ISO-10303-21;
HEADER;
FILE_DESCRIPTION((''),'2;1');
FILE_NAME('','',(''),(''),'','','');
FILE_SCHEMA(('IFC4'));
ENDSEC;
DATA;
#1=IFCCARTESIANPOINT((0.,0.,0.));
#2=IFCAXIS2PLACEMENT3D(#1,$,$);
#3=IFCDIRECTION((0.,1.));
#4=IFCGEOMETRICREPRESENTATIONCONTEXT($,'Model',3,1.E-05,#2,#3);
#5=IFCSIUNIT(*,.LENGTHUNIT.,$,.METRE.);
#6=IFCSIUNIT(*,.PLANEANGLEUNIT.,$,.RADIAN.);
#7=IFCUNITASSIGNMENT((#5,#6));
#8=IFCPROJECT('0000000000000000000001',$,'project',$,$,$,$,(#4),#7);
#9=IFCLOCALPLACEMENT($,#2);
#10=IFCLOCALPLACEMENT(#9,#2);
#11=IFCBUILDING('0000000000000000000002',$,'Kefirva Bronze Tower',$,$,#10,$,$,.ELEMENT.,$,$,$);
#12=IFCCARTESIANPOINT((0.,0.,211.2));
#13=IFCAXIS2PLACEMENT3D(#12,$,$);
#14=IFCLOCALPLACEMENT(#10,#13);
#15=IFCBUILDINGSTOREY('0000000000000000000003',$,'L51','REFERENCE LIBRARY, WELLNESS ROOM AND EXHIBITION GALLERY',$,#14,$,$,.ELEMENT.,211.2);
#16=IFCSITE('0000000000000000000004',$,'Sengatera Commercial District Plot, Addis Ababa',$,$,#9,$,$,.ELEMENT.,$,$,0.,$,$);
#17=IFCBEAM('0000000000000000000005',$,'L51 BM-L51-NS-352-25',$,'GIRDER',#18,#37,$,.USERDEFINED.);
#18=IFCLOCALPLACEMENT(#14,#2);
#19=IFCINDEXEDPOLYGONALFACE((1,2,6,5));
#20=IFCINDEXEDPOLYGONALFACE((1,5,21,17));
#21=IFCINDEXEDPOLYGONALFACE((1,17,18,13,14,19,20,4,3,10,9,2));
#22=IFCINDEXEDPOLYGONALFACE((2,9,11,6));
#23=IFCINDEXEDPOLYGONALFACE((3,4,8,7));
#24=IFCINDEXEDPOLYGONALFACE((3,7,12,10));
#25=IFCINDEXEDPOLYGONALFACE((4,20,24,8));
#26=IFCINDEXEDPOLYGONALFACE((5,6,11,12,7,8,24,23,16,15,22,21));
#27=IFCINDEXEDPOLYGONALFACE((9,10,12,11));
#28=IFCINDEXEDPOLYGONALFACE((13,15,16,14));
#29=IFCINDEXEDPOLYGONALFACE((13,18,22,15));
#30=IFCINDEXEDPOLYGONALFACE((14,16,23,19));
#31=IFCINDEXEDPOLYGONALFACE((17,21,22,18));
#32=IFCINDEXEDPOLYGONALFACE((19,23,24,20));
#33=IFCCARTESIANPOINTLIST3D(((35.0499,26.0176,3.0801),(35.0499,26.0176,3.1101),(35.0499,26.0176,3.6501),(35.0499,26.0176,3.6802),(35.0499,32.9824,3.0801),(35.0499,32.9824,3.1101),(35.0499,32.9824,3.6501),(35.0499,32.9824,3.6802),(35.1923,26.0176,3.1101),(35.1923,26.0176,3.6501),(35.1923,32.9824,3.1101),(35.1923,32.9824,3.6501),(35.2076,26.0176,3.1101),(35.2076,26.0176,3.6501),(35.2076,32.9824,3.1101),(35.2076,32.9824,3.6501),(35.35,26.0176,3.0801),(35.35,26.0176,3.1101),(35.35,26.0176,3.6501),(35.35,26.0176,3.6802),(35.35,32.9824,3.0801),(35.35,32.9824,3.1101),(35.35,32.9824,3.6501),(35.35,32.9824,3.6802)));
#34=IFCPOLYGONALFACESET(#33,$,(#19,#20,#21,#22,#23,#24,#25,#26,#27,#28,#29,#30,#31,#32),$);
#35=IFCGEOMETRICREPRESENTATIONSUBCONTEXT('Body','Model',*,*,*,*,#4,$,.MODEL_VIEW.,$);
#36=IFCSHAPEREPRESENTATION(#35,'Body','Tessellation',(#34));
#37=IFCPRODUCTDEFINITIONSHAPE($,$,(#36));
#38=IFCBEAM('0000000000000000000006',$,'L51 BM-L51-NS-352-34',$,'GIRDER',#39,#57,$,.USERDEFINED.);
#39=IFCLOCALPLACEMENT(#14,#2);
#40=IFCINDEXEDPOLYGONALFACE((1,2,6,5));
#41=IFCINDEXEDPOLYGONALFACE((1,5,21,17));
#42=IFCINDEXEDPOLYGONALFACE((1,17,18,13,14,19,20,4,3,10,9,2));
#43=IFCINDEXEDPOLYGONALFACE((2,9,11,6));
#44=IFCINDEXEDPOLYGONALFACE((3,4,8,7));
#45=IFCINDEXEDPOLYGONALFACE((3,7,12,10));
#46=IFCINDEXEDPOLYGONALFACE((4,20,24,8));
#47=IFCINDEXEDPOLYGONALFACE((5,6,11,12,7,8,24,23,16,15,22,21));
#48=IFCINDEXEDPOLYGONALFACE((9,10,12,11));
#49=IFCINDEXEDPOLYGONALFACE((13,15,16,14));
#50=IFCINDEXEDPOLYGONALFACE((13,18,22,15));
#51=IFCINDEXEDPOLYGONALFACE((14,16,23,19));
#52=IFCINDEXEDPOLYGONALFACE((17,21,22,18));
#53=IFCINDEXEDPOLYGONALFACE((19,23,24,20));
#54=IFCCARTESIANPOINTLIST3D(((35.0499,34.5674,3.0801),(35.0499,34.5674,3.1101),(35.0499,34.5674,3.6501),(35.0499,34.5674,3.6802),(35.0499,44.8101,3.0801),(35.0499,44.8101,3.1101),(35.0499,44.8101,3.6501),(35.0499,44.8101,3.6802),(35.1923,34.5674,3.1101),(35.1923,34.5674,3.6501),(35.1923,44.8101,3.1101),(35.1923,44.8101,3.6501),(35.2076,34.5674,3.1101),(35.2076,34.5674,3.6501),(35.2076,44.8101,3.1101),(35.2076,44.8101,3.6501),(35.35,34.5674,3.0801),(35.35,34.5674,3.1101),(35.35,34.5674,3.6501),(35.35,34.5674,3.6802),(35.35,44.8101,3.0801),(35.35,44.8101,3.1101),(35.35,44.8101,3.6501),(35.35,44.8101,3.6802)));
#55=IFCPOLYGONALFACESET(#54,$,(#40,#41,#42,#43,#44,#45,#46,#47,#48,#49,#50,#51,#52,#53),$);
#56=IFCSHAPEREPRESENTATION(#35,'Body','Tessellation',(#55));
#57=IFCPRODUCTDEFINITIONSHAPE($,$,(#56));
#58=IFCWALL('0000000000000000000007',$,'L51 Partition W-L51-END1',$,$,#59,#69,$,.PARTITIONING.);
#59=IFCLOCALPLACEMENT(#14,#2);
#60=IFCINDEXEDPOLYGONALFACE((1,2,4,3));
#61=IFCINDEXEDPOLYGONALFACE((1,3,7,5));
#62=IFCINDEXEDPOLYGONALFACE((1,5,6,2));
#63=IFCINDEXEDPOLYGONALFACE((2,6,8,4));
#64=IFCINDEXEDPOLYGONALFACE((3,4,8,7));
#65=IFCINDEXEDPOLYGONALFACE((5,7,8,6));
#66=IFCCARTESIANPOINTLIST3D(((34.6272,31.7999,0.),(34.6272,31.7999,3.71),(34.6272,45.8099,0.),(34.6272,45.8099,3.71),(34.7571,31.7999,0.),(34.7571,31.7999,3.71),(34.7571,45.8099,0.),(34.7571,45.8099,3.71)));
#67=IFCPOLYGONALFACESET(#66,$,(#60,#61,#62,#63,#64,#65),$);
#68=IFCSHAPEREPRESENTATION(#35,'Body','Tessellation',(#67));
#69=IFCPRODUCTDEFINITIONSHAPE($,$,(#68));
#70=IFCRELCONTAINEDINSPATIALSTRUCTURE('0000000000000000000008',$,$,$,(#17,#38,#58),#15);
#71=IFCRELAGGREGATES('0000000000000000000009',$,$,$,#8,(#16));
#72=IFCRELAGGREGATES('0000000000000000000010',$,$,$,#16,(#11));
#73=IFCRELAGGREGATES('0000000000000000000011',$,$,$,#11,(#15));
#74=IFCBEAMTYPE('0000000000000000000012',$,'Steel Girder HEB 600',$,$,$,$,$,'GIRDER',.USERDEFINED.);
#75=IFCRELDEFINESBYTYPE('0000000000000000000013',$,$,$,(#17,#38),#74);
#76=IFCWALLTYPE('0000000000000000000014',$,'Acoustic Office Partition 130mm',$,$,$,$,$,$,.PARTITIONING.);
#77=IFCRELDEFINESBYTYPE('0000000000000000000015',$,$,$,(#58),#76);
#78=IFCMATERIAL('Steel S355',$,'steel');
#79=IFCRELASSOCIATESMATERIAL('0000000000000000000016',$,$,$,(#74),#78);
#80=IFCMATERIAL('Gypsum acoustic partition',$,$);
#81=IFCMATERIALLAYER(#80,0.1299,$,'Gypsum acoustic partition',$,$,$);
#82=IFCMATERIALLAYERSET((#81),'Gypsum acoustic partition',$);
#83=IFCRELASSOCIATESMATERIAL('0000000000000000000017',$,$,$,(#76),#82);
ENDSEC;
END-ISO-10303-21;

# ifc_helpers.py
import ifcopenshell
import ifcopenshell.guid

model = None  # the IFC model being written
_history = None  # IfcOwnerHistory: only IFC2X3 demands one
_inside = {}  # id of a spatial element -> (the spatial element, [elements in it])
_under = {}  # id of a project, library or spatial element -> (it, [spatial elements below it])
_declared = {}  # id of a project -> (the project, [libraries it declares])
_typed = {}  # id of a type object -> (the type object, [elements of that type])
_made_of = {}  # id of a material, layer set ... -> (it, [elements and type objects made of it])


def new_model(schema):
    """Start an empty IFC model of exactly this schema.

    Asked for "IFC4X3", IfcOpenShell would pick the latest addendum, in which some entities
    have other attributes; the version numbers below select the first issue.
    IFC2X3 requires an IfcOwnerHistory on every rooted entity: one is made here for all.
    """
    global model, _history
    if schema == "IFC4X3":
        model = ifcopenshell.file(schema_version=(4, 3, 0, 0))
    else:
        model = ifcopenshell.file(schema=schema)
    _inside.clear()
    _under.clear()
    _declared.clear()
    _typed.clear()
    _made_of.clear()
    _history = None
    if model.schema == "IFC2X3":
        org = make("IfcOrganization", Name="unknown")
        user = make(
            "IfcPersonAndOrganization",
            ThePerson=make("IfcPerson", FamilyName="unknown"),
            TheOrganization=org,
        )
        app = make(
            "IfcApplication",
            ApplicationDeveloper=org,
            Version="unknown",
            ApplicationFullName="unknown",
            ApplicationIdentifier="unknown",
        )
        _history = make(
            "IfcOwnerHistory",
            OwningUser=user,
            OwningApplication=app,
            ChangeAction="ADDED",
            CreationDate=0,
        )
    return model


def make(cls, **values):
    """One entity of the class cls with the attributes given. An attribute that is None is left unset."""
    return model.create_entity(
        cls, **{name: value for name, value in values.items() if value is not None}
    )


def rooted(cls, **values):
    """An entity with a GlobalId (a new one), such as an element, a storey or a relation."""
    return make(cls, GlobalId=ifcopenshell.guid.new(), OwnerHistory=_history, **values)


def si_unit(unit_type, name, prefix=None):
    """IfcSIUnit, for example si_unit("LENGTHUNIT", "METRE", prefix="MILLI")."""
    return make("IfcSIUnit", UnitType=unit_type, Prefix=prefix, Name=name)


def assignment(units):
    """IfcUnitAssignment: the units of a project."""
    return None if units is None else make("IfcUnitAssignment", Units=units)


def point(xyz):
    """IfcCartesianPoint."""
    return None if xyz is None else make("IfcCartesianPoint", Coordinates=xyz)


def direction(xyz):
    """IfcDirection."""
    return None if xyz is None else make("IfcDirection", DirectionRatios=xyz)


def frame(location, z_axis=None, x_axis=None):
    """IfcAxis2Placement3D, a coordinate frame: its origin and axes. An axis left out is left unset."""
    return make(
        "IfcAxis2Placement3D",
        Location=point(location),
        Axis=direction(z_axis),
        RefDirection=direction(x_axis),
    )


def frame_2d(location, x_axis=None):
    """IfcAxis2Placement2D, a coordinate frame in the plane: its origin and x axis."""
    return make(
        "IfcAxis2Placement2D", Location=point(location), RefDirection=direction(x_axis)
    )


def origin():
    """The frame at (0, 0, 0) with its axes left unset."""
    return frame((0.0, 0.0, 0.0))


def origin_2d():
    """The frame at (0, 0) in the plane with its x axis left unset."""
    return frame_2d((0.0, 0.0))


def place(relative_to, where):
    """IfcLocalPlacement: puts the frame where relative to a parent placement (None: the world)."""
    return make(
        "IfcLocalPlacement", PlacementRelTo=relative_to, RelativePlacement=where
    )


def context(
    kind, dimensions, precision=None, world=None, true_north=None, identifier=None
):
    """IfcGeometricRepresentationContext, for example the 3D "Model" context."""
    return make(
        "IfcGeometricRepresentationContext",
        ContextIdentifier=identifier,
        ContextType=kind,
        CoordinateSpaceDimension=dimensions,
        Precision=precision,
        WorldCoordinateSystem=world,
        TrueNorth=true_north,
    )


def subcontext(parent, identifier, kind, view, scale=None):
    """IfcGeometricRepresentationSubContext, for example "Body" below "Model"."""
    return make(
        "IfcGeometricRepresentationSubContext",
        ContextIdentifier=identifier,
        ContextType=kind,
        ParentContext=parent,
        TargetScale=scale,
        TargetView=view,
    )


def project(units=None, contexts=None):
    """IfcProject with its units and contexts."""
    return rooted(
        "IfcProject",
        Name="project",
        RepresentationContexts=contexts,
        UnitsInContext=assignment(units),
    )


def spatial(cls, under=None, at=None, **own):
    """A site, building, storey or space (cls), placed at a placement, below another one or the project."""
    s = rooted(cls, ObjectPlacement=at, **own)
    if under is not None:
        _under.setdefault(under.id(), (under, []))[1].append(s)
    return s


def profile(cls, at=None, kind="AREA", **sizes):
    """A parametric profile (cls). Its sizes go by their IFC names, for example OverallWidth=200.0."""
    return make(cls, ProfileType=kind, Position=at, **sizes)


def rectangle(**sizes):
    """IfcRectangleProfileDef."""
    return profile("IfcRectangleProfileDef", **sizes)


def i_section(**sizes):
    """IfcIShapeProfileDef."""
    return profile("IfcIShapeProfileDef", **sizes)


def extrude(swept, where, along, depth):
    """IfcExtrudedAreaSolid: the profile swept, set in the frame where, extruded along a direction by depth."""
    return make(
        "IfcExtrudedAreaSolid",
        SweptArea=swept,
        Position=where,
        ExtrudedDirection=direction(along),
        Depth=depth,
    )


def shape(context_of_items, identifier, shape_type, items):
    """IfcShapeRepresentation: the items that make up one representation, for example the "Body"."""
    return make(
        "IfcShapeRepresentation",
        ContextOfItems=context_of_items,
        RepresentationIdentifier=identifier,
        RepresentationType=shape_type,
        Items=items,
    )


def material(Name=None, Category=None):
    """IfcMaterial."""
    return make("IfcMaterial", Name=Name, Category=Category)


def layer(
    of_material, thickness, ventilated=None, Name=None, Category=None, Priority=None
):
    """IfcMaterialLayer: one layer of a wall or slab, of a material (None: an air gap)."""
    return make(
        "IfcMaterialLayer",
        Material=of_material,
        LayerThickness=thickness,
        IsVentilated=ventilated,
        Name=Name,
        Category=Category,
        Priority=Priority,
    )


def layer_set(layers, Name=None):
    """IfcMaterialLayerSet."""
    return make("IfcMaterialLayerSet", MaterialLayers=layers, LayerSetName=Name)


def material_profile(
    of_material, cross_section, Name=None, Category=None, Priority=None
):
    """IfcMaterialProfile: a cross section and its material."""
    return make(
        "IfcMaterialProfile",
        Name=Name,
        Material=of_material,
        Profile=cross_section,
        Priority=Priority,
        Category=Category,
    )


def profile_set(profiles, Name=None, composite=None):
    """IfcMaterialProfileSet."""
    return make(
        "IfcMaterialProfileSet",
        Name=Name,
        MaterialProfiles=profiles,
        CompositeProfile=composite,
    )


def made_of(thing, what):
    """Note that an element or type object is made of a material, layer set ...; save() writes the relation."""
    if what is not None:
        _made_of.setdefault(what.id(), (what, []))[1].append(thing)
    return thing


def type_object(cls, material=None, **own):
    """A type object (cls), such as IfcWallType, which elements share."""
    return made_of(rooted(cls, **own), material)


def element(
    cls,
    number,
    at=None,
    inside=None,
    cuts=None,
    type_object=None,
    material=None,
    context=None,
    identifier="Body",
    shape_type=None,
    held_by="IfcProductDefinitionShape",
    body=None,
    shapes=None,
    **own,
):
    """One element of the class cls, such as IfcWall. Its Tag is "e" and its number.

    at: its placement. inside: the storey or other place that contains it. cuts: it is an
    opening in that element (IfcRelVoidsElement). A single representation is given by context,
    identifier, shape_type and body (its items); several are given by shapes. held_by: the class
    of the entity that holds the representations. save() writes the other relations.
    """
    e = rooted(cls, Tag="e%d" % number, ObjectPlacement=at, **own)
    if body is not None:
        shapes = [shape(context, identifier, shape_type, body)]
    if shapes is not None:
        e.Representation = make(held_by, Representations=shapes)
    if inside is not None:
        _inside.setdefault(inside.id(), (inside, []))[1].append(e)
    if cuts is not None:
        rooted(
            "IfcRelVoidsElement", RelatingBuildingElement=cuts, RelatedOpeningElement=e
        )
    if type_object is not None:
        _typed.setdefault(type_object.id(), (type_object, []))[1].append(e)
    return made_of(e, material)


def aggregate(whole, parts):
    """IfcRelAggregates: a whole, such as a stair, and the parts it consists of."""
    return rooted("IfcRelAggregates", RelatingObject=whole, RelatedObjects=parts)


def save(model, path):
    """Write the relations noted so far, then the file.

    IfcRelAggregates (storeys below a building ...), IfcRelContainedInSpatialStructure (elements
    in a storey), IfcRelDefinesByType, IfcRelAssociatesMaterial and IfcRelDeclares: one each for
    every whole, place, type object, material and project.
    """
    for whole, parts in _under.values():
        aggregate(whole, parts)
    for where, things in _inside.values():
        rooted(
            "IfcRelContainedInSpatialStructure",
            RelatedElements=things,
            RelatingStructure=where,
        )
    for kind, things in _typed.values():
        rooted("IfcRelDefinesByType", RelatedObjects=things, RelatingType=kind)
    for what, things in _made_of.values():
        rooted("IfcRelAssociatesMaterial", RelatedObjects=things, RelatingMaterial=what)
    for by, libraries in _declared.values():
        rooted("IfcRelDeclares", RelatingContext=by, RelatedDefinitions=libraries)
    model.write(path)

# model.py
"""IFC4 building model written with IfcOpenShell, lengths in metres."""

from ifc_helpers import new_model, si_unit, direction, frame, frame_2d, origin, origin_2d, place, context, subcontext, project, spatial, rectangle, i_section, extrude, material, layer, layer_set, material_profile, profile_set, type_object, element, save


model = new_model("IFC4")

# Units and contexts
model_context = context("Model", 3, precision=1e-05, world=origin(), true_north=direction((0.0, 1.0)))
body_context = subcontext(model_context, "Body", "Model", "MODEL_VIEW")
ifc_project = project(units=[si_unit("LENGTHUNIT", "METRE"), si_unit("PLANEANGLEUNIT", "RADIAN")], contexts=[model_context])

# Site, building, storey
site_placement = place(None, origin())
site = spatial("IfcSite", under=ifc_project, at=site_placement, Name="Sengatera Commercial District Plot, Addis Ababa", CompositionType="ELEMENT", RefElevation=0.0)
building_placement = place(site_placement, origin())
building = spatial("IfcBuilding", under=site, at=building_placement, Name="Kefirva Bronze Tower", CompositionType="ELEMENT")
storey_placement = place(building_placement, frame((0.0, 0.0, 211.2)))
storey = spatial("IfcBuildingStorey", under=building, at=storey_placement, Name="L51", Description="REFERENCE LIBRARY, WELLNESS ROOM AND EXHIBITION GALLERY", CompositionType="ELEMENT", Elevation=211.2)

# Beams
ifc_material_1 = material(Name="Steel S355", Category="steel")
ifc_material_profile_1 = material_profile(ifc_material_1, i_section(OverallWidth=0.3, OverallDepth=0.6001, WebThickness=0.0154, FlangeThickness=0.03, at=origin_2d()), Name="HEB 600")
ifc_profile_set_1 = profile_set([ifc_material_profile_1], Name="Steel S355")
beam_type_1 = type_object("IfcBeamType", Name="Steel Girder HEB 600", ElementType="GIRDER", PredefinedType="USERDEFINED", material=ifc_profile_set_1)
beam_1_placement = place(storey_placement, frame((35.2, 26.0176, 3.3801), z_axis=(0.0, 1.0, 0.0), x_axis=(-1.0, 0.0, 0.0)))
element("IfcBeam", 1, at=beam_1_placement, inside=storey, type_object=beam_type_1, Name="L51 BM-L51-NS-352-25", ObjectType="GIRDER", PredefinedType="USERDEFINED", context=body_context, shape_type="SweptSolid", body=[
    extrude(i_section(OverallWidth=0.3, OverallDepth=0.6001, WebThickness=0.0154, FlangeThickness=0.03, at=origin_2d()), origin(), (0.0, 0.0, 1.0), 6.9648),
])
beam_2_placement = place(storey_placement, frame((35.2, 34.5674, 3.3801), z_axis=(0.0, 1.0, 0.0), x_axis=(-1.0, 0.0, 0.0)))
element("IfcBeam", 2, at=beam_2_placement, inside=storey, type_object=beam_type_1, Name="L51 BM-L51-NS-352-34", ObjectType="GIRDER", PredefinedType="USERDEFINED", context=body_context, shape_type="SweptSolid", body=[
    extrude(i_section(OverallWidth=0.3, OverallDepth=0.6001, WebThickness=0.0154, FlangeThickness=0.03, at=origin_2d()), origin(), (0.0, 0.0, 1.0), 10.2427),
])

# Wall
ifc_material_2 = material(Name="Gypsum acoustic partition")
ifc_layer = layer(ifc_material_2, 0.1299, Name="Gypsum acoustic partition")
ifc_layer_set = layer_set([ifc_layer], Name="Gypsum acoustic partition")
wall_type = type_object("IfcWallType", Name="Acoustic Office Partition 130mm", PredefinedType="PARTITIONING", material=ifc_layer_set)
wall_placement = place(storey_placement, frame((34.6921, 31.8, 0.0), z_axis=(0.0, 0.0, 1.0), x_axis=(0.0, 1.0, 0.0)))
element("IfcWall", 3, at=wall_placement, inside=storey, type_object=wall_type, Name="L51 Partition W-L51-END1", PredefinedType="PARTITIONING", context=body_context, shape_type="SweptSolid", body=[
    extrude(rectangle(XDim=14.01, YDim=0.1299, at=frame_2d((7.0049, 0.0))), origin(), (0.0, 0.0, 1.0), 3.71),
])

save(model, "model.ifc")
